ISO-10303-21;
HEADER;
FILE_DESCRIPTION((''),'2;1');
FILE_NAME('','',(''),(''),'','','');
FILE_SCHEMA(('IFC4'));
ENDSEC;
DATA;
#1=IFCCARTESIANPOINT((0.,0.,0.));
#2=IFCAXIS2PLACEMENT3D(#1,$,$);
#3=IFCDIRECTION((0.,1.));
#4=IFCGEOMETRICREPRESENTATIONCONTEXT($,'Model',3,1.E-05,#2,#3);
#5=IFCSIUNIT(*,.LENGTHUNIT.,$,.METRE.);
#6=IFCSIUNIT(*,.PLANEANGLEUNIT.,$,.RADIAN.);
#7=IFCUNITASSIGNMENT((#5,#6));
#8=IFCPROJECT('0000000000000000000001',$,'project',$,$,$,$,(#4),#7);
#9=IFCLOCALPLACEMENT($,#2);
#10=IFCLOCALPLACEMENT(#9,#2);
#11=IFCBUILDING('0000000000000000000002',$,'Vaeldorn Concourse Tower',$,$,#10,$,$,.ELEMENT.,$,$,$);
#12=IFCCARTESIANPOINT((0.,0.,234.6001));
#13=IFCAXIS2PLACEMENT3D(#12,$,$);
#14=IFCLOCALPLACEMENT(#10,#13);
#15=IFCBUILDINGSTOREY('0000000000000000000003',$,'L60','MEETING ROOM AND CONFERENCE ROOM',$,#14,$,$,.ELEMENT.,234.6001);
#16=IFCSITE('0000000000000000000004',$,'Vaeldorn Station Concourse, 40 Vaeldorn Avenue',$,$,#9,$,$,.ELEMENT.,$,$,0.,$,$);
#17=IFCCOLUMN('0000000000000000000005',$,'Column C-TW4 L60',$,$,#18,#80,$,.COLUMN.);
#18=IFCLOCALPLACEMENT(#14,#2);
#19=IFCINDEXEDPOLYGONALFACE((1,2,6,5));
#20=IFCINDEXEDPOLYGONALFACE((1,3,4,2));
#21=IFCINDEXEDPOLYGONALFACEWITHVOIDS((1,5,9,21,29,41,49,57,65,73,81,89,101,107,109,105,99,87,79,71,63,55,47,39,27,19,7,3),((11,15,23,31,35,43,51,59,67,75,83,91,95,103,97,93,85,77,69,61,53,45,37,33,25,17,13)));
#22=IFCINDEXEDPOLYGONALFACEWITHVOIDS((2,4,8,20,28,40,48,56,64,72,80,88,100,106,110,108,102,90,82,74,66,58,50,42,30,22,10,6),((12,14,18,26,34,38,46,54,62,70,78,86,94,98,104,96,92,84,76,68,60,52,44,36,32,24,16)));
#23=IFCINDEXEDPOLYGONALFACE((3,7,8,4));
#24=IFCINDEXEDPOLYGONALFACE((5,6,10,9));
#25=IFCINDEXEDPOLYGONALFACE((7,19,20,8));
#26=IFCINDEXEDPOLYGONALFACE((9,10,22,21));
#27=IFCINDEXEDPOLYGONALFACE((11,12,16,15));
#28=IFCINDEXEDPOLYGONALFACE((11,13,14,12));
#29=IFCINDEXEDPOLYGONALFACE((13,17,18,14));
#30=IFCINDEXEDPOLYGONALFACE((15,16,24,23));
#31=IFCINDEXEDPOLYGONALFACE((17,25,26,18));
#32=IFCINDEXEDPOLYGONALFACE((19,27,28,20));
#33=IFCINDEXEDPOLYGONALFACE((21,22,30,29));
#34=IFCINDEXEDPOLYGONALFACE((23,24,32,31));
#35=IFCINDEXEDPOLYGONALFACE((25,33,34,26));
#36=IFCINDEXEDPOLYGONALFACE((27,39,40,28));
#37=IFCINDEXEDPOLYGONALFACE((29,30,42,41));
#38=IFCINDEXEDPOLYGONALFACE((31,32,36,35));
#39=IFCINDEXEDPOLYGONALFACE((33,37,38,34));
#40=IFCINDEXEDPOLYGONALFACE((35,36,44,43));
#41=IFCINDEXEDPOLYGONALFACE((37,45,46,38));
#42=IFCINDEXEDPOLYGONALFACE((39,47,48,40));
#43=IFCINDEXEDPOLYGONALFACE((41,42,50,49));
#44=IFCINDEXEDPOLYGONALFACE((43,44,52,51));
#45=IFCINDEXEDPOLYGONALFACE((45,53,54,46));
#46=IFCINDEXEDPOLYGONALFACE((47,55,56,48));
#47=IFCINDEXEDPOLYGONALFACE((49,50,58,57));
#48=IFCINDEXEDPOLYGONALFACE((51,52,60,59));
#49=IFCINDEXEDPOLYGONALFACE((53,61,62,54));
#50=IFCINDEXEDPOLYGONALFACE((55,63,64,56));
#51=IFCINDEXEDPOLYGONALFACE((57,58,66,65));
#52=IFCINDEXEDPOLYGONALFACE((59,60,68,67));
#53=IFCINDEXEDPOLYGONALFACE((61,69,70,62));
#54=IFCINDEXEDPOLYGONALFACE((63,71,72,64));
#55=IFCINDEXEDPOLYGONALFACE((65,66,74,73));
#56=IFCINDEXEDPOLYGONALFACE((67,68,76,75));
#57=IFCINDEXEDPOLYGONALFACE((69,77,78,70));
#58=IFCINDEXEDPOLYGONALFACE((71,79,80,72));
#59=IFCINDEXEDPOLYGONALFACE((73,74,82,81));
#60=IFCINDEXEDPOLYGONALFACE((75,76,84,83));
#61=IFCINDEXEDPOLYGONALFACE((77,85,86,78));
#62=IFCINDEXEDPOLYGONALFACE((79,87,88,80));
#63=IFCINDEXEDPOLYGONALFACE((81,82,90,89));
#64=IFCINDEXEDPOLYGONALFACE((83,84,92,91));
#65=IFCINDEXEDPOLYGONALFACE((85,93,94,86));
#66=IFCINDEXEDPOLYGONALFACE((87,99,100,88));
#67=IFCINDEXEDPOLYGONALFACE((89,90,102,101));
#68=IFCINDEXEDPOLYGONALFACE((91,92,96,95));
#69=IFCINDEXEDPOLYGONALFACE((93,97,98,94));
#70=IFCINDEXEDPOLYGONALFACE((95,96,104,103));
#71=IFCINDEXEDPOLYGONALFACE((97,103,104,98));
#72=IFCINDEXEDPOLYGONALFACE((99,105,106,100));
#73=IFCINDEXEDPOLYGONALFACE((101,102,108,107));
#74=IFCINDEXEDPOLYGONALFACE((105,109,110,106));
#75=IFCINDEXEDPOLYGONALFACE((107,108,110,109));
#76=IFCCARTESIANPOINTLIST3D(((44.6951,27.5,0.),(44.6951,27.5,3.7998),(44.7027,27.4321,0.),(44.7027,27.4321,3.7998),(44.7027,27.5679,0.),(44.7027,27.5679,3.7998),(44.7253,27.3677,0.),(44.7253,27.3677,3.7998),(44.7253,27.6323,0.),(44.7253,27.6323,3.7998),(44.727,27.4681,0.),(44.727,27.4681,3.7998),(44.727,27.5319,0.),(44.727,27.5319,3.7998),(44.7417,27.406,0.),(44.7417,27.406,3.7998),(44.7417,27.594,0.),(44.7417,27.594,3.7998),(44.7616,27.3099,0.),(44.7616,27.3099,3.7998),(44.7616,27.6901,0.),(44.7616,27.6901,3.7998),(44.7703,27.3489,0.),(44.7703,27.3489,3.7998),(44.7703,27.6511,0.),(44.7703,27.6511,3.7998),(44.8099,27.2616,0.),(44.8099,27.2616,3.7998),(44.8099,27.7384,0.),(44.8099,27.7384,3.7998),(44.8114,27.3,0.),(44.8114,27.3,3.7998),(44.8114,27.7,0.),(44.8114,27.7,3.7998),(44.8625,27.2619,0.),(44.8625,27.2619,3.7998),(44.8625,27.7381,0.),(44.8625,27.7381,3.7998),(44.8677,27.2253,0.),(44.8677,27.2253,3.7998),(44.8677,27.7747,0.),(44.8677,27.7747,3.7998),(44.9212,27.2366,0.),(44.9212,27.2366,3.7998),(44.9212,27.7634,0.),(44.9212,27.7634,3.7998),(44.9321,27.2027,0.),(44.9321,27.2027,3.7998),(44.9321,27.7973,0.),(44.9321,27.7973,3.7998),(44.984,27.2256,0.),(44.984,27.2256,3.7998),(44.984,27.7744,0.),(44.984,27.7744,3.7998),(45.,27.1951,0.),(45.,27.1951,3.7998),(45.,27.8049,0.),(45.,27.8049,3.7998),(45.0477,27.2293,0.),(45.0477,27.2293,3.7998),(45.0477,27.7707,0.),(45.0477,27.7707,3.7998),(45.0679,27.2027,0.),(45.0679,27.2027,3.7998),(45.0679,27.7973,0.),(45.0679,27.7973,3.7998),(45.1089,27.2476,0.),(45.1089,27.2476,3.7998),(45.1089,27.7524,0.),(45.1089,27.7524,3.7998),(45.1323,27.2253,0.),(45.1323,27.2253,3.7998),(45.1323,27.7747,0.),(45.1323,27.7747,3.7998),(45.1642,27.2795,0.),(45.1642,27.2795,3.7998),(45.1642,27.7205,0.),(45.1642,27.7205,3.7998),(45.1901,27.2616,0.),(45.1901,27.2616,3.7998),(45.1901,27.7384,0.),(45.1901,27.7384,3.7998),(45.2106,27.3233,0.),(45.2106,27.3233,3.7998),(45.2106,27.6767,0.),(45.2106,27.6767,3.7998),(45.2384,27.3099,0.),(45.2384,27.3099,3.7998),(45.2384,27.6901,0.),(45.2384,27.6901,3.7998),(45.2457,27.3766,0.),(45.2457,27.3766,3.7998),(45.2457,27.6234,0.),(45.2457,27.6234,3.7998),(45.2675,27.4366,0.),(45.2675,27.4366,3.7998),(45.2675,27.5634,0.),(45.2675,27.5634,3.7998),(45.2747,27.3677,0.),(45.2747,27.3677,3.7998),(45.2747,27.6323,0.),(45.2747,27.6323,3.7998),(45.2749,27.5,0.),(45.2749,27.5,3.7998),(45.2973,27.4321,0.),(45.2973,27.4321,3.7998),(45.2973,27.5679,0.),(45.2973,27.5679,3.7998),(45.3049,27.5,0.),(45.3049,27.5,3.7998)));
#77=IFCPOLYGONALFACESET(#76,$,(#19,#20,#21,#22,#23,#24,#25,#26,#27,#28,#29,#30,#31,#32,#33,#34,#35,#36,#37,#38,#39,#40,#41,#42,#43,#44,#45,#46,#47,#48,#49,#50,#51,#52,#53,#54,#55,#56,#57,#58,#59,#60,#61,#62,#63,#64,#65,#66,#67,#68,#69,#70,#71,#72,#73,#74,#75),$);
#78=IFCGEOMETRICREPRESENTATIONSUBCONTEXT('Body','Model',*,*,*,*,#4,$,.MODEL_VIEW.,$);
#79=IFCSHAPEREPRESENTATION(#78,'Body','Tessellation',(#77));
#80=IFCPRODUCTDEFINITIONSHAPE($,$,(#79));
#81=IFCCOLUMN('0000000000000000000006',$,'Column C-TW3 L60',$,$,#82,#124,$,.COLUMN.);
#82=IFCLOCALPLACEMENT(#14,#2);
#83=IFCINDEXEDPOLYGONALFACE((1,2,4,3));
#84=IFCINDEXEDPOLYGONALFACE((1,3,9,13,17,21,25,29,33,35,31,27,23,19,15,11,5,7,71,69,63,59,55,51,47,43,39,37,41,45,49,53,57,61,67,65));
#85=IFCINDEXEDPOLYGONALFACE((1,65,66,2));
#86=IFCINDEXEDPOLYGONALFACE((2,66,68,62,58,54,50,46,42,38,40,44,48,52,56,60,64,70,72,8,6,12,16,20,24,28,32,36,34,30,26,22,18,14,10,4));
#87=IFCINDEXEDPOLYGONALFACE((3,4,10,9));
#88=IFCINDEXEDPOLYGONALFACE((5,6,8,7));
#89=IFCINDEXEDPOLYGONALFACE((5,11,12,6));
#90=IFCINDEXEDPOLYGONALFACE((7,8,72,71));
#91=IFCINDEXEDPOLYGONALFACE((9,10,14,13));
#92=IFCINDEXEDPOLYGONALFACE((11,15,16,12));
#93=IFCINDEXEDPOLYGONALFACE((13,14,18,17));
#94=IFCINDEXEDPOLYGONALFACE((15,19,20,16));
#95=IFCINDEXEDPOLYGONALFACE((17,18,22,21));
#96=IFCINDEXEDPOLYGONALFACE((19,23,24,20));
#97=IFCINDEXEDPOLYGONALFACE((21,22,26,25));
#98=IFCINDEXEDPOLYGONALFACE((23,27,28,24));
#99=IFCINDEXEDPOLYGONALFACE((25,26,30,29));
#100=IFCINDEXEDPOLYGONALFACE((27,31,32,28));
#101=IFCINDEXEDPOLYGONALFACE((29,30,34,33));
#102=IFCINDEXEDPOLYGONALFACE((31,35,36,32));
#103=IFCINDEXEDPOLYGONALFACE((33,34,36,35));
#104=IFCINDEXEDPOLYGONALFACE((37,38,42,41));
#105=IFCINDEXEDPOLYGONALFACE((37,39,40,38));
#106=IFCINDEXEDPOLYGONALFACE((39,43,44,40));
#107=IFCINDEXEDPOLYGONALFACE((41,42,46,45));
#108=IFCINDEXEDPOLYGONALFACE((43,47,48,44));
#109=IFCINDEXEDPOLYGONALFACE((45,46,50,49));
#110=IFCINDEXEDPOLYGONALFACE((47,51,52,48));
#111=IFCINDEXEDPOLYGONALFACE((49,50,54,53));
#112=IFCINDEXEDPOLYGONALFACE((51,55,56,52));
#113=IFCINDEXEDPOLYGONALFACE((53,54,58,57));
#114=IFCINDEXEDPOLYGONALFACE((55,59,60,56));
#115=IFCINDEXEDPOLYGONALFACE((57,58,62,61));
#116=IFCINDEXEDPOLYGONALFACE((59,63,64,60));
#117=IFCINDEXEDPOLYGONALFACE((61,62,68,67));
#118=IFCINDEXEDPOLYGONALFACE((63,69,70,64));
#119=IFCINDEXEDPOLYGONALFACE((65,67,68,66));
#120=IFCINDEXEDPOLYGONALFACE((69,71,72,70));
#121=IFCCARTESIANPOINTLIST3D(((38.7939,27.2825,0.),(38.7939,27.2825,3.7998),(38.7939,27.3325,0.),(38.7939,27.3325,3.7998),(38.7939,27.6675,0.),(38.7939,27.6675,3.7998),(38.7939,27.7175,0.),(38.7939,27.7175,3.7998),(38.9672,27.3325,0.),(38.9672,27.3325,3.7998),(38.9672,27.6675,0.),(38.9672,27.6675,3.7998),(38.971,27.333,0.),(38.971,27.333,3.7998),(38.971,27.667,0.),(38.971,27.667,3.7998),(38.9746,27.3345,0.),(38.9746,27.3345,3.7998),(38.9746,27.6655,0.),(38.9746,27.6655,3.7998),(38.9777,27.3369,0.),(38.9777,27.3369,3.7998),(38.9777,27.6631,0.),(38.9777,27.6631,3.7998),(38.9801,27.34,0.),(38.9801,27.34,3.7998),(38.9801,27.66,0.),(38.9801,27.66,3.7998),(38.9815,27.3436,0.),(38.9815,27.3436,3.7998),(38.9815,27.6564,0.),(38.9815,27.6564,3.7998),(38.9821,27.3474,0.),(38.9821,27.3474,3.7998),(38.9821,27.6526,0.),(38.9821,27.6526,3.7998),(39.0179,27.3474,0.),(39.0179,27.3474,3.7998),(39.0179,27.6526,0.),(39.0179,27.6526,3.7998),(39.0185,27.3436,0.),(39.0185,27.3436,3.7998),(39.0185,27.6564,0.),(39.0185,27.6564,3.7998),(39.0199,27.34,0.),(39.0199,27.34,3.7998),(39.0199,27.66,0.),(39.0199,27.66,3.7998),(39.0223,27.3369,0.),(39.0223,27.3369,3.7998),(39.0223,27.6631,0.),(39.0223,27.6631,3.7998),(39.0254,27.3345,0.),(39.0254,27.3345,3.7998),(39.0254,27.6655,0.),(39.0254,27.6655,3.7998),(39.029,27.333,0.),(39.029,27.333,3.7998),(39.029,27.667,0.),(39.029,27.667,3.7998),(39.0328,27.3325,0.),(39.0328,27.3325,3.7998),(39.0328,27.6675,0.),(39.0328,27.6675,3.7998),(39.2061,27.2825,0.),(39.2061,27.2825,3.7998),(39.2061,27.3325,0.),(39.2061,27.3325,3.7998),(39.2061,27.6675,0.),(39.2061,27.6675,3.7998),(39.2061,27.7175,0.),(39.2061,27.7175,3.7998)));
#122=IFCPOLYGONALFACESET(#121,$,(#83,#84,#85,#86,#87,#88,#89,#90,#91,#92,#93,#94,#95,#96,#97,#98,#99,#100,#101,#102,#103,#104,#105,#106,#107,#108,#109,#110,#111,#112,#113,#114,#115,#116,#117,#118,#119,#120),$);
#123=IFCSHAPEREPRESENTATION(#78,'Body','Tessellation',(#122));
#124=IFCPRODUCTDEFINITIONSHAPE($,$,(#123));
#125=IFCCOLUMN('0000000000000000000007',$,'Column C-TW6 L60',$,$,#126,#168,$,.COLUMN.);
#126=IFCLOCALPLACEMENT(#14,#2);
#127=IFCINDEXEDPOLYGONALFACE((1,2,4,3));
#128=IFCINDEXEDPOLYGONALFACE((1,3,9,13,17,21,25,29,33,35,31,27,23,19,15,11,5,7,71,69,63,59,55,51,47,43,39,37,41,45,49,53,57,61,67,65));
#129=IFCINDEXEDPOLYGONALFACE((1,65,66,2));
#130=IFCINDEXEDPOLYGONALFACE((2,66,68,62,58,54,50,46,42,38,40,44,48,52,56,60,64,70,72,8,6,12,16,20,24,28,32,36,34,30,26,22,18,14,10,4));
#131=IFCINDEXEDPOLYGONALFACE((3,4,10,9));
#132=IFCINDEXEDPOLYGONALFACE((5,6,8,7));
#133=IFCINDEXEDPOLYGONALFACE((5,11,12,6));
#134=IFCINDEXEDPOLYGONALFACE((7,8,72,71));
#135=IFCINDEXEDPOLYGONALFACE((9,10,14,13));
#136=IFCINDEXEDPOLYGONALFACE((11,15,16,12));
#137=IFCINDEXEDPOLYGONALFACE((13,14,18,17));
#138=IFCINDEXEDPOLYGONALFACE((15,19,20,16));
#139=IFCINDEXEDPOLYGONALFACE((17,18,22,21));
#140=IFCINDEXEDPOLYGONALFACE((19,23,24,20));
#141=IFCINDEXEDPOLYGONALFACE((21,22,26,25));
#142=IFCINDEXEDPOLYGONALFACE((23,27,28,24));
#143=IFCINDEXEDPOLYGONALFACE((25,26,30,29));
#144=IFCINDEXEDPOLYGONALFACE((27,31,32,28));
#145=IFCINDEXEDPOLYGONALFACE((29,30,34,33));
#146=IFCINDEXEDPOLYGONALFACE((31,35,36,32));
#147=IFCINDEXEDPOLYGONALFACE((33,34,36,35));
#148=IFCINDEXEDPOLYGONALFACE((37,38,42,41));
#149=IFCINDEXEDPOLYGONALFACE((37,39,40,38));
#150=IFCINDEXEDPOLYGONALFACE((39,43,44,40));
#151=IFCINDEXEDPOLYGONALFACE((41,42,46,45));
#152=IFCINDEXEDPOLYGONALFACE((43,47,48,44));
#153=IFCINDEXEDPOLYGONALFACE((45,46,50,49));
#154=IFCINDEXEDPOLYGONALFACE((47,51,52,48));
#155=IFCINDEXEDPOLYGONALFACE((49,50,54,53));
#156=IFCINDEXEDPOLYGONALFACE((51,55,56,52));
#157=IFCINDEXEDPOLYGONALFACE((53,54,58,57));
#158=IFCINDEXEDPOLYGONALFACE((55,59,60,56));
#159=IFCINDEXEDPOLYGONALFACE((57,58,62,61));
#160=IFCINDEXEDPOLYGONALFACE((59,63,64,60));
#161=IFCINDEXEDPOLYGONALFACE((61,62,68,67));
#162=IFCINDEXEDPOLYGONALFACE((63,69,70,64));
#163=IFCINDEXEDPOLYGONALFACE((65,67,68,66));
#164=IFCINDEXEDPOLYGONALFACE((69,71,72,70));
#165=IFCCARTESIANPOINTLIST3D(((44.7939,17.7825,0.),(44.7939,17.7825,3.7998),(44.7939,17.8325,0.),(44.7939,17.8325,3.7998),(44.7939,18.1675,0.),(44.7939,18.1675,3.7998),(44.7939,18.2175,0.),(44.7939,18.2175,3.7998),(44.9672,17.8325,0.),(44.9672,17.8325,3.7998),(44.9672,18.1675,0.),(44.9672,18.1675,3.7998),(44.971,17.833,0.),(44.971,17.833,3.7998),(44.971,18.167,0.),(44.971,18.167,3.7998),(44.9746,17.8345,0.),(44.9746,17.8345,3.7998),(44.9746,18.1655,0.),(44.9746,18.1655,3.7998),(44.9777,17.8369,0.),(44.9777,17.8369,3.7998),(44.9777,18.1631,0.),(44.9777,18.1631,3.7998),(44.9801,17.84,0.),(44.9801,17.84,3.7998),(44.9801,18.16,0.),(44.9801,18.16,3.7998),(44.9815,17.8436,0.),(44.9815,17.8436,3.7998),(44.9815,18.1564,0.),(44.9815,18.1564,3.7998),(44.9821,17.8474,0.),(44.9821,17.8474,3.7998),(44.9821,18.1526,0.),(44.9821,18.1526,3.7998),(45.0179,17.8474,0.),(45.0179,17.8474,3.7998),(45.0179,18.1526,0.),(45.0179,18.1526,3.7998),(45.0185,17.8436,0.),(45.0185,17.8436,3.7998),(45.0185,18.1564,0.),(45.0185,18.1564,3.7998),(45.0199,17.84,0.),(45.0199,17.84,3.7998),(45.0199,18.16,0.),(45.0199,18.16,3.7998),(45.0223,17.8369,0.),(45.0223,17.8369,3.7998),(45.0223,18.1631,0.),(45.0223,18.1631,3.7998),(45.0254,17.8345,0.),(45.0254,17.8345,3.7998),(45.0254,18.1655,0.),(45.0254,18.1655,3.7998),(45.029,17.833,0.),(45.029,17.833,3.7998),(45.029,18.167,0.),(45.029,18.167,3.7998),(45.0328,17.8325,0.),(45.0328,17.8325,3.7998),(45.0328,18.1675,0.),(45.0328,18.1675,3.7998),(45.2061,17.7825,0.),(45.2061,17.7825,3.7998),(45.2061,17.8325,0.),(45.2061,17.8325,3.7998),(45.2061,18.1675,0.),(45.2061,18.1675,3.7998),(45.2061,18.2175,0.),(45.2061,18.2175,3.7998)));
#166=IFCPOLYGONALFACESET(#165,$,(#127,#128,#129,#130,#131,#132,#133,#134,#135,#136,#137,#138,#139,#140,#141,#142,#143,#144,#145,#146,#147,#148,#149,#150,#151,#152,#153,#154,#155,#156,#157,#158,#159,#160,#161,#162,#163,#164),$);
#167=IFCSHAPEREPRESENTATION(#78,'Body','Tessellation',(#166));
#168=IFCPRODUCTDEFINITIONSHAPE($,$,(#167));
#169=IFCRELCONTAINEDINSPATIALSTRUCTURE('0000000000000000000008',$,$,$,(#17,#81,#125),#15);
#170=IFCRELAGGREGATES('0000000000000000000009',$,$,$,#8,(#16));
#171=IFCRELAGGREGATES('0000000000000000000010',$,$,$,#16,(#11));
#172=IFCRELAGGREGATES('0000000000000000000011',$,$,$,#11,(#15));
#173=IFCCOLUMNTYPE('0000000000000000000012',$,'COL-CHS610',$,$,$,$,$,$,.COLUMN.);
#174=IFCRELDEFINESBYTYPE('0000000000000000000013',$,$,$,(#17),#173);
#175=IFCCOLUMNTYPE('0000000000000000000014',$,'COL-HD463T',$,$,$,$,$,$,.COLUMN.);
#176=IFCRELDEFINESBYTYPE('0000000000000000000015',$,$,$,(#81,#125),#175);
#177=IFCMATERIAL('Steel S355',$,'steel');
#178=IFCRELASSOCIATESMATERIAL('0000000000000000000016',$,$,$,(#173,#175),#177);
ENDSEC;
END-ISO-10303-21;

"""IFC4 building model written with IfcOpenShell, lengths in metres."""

from ifc_helpers import new_model, si_unit, direction, frame, origin, origin_2d, place, context, subcontext, project, spatial, hollow_circle, i_section, extrude, source, transform, mapped, material, material_profile, profile_set, type_object, element, save


model = new_model("IFC4")

# Units and contexts
model_context = context("Model", 3, precision=1e-05, world=origin(), true_north=direction((0.0, 1.0)))
body_context = subcontext(model_context, "Body", "Model", "MODEL_VIEW")
ifc_project = project(units=[si_unit("LENGTHUNIT", "METRE"), si_unit("PLANEANGLEUNIT", "RADIAN")], contexts=[model_context])

# Site, building, storey
site_placement = place(None, origin())
site = spatial("IfcSite", under=ifc_project, at=site_placement, Name="Vaeldorn Station Concourse, 40 Vaeldorn Avenue", CompositionType="ELEMENT", RefElevation=0.0)
building_placement = place(site_placement, origin())
building = spatial("IfcBuilding", under=site, at=building_placement, Name="Vaeldorn Concourse Tower", CompositionType="ELEMENT")
storey_placement = place(building_placement, frame((0.0, 0.0, 234.6001)))
storey = spatial("IfcBuildingStorey", under=building, at=storey_placement, Name="L60", Description="MEETING ROOM AND CONFERENCE ROOM", CompositionType="ELEMENT", Elevation=234.6001)

# Columns
ifc_material_1 = material(Name="Steel S355", Category="steel")
ifc_material_profile_1 = material_profile(ifc_material_1, hollow_circle(Radius=0.3049, WallThickness=0.03, at=origin_2d()), Name="CHS 610x30")
ifc_profile_set_1 = profile_set([ifc_material_profile_1], Name="Steel S355")
column_type_1 = type_object("IfcColumnType", Name="COL-CHS610", PredefinedType="COLUMN", material=ifc_profile_set_1)
shared_shape_1 = source(origin(), body_context, "Body", "SweptSolid", [
    extrude(hollow_circle(Radius=0.3049, WallThickness=0.03, at=origin_2d()), origin(), (0.0, 0.0, 1.0), 3.7998),
])
column_placement = place(storey_placement, frame((45.0, 27.5, 0.0), z_axis=(0.0, 0.0, 1.0), x_axis=(1.0, 0.0, 0.0)))
element("IfcColumn", 1, at=column_placement, inside=storey, type_object=column_type_1, Name="Column C-TW4 L60", PredefinedType="COLUMN", context=body_context, shape_type="MappedRepresentation", body=[
    mapped(shared_shape_1, transform((0.0, 0.0, 0.0), scale=1.0)),
])
ifc_material_profile_2 = material_profile(ifc_material_1, i_section(OverallWidth=0.4121, OverallDepth=0.4351, WebThickness=0.0359, FlangeThickness=0.05, FilletRadius=0.0149, at=origin_2d()), Name="HD 400x463")
ifc_profile_set_2 = profile_set([ifc_material_profile_2], Name="Steel S355")
column_type_2 = type_object("IfcColumnType", Name="COL-HD463T", PredefinedType="COLUMN", material=ifc_profile_set_2)
shared_shape_2 = source(origin(), body_context, "Body", "SweptSolid", [
    extrude(i_section(OverallWidth=0.4121, OverallDepth=0.4351, WebThickness=0.0359, FlangeThickness=0.05, FilletRadius=0.0149, at=origin_2d()), origin(), (0.0, 0.0, 1.0), 3.7998),
])
for number, where, z_axis, x_axis, name in (
    (2, (39.0, 27.5, 0.0), (0.0, 0.0, 1.0), (1.0, 0.0, 0.0), "Column C-TW3 L60"),
    (3, (45.0, 18.0, 0.0), (0.0, 0.0, 1.0), (1.0, 0.0, 0.0), "Column C-TW6 L60"),
):
    element("IfcColumn", number, at=place(storey_placement, frame(where, z_axis=z_axis, x_axis=x_axis)), inside=storey, type_object=column_type_2, Name=name, PredefinedType="COLUMN", context=body_context, shape_type="MappedRepresentation", body=[
        mapped(shared_shape_2, transform((0.0, 0.0, 0.0), scale=1.0)),
    ])

save(model, "model.ifc")
